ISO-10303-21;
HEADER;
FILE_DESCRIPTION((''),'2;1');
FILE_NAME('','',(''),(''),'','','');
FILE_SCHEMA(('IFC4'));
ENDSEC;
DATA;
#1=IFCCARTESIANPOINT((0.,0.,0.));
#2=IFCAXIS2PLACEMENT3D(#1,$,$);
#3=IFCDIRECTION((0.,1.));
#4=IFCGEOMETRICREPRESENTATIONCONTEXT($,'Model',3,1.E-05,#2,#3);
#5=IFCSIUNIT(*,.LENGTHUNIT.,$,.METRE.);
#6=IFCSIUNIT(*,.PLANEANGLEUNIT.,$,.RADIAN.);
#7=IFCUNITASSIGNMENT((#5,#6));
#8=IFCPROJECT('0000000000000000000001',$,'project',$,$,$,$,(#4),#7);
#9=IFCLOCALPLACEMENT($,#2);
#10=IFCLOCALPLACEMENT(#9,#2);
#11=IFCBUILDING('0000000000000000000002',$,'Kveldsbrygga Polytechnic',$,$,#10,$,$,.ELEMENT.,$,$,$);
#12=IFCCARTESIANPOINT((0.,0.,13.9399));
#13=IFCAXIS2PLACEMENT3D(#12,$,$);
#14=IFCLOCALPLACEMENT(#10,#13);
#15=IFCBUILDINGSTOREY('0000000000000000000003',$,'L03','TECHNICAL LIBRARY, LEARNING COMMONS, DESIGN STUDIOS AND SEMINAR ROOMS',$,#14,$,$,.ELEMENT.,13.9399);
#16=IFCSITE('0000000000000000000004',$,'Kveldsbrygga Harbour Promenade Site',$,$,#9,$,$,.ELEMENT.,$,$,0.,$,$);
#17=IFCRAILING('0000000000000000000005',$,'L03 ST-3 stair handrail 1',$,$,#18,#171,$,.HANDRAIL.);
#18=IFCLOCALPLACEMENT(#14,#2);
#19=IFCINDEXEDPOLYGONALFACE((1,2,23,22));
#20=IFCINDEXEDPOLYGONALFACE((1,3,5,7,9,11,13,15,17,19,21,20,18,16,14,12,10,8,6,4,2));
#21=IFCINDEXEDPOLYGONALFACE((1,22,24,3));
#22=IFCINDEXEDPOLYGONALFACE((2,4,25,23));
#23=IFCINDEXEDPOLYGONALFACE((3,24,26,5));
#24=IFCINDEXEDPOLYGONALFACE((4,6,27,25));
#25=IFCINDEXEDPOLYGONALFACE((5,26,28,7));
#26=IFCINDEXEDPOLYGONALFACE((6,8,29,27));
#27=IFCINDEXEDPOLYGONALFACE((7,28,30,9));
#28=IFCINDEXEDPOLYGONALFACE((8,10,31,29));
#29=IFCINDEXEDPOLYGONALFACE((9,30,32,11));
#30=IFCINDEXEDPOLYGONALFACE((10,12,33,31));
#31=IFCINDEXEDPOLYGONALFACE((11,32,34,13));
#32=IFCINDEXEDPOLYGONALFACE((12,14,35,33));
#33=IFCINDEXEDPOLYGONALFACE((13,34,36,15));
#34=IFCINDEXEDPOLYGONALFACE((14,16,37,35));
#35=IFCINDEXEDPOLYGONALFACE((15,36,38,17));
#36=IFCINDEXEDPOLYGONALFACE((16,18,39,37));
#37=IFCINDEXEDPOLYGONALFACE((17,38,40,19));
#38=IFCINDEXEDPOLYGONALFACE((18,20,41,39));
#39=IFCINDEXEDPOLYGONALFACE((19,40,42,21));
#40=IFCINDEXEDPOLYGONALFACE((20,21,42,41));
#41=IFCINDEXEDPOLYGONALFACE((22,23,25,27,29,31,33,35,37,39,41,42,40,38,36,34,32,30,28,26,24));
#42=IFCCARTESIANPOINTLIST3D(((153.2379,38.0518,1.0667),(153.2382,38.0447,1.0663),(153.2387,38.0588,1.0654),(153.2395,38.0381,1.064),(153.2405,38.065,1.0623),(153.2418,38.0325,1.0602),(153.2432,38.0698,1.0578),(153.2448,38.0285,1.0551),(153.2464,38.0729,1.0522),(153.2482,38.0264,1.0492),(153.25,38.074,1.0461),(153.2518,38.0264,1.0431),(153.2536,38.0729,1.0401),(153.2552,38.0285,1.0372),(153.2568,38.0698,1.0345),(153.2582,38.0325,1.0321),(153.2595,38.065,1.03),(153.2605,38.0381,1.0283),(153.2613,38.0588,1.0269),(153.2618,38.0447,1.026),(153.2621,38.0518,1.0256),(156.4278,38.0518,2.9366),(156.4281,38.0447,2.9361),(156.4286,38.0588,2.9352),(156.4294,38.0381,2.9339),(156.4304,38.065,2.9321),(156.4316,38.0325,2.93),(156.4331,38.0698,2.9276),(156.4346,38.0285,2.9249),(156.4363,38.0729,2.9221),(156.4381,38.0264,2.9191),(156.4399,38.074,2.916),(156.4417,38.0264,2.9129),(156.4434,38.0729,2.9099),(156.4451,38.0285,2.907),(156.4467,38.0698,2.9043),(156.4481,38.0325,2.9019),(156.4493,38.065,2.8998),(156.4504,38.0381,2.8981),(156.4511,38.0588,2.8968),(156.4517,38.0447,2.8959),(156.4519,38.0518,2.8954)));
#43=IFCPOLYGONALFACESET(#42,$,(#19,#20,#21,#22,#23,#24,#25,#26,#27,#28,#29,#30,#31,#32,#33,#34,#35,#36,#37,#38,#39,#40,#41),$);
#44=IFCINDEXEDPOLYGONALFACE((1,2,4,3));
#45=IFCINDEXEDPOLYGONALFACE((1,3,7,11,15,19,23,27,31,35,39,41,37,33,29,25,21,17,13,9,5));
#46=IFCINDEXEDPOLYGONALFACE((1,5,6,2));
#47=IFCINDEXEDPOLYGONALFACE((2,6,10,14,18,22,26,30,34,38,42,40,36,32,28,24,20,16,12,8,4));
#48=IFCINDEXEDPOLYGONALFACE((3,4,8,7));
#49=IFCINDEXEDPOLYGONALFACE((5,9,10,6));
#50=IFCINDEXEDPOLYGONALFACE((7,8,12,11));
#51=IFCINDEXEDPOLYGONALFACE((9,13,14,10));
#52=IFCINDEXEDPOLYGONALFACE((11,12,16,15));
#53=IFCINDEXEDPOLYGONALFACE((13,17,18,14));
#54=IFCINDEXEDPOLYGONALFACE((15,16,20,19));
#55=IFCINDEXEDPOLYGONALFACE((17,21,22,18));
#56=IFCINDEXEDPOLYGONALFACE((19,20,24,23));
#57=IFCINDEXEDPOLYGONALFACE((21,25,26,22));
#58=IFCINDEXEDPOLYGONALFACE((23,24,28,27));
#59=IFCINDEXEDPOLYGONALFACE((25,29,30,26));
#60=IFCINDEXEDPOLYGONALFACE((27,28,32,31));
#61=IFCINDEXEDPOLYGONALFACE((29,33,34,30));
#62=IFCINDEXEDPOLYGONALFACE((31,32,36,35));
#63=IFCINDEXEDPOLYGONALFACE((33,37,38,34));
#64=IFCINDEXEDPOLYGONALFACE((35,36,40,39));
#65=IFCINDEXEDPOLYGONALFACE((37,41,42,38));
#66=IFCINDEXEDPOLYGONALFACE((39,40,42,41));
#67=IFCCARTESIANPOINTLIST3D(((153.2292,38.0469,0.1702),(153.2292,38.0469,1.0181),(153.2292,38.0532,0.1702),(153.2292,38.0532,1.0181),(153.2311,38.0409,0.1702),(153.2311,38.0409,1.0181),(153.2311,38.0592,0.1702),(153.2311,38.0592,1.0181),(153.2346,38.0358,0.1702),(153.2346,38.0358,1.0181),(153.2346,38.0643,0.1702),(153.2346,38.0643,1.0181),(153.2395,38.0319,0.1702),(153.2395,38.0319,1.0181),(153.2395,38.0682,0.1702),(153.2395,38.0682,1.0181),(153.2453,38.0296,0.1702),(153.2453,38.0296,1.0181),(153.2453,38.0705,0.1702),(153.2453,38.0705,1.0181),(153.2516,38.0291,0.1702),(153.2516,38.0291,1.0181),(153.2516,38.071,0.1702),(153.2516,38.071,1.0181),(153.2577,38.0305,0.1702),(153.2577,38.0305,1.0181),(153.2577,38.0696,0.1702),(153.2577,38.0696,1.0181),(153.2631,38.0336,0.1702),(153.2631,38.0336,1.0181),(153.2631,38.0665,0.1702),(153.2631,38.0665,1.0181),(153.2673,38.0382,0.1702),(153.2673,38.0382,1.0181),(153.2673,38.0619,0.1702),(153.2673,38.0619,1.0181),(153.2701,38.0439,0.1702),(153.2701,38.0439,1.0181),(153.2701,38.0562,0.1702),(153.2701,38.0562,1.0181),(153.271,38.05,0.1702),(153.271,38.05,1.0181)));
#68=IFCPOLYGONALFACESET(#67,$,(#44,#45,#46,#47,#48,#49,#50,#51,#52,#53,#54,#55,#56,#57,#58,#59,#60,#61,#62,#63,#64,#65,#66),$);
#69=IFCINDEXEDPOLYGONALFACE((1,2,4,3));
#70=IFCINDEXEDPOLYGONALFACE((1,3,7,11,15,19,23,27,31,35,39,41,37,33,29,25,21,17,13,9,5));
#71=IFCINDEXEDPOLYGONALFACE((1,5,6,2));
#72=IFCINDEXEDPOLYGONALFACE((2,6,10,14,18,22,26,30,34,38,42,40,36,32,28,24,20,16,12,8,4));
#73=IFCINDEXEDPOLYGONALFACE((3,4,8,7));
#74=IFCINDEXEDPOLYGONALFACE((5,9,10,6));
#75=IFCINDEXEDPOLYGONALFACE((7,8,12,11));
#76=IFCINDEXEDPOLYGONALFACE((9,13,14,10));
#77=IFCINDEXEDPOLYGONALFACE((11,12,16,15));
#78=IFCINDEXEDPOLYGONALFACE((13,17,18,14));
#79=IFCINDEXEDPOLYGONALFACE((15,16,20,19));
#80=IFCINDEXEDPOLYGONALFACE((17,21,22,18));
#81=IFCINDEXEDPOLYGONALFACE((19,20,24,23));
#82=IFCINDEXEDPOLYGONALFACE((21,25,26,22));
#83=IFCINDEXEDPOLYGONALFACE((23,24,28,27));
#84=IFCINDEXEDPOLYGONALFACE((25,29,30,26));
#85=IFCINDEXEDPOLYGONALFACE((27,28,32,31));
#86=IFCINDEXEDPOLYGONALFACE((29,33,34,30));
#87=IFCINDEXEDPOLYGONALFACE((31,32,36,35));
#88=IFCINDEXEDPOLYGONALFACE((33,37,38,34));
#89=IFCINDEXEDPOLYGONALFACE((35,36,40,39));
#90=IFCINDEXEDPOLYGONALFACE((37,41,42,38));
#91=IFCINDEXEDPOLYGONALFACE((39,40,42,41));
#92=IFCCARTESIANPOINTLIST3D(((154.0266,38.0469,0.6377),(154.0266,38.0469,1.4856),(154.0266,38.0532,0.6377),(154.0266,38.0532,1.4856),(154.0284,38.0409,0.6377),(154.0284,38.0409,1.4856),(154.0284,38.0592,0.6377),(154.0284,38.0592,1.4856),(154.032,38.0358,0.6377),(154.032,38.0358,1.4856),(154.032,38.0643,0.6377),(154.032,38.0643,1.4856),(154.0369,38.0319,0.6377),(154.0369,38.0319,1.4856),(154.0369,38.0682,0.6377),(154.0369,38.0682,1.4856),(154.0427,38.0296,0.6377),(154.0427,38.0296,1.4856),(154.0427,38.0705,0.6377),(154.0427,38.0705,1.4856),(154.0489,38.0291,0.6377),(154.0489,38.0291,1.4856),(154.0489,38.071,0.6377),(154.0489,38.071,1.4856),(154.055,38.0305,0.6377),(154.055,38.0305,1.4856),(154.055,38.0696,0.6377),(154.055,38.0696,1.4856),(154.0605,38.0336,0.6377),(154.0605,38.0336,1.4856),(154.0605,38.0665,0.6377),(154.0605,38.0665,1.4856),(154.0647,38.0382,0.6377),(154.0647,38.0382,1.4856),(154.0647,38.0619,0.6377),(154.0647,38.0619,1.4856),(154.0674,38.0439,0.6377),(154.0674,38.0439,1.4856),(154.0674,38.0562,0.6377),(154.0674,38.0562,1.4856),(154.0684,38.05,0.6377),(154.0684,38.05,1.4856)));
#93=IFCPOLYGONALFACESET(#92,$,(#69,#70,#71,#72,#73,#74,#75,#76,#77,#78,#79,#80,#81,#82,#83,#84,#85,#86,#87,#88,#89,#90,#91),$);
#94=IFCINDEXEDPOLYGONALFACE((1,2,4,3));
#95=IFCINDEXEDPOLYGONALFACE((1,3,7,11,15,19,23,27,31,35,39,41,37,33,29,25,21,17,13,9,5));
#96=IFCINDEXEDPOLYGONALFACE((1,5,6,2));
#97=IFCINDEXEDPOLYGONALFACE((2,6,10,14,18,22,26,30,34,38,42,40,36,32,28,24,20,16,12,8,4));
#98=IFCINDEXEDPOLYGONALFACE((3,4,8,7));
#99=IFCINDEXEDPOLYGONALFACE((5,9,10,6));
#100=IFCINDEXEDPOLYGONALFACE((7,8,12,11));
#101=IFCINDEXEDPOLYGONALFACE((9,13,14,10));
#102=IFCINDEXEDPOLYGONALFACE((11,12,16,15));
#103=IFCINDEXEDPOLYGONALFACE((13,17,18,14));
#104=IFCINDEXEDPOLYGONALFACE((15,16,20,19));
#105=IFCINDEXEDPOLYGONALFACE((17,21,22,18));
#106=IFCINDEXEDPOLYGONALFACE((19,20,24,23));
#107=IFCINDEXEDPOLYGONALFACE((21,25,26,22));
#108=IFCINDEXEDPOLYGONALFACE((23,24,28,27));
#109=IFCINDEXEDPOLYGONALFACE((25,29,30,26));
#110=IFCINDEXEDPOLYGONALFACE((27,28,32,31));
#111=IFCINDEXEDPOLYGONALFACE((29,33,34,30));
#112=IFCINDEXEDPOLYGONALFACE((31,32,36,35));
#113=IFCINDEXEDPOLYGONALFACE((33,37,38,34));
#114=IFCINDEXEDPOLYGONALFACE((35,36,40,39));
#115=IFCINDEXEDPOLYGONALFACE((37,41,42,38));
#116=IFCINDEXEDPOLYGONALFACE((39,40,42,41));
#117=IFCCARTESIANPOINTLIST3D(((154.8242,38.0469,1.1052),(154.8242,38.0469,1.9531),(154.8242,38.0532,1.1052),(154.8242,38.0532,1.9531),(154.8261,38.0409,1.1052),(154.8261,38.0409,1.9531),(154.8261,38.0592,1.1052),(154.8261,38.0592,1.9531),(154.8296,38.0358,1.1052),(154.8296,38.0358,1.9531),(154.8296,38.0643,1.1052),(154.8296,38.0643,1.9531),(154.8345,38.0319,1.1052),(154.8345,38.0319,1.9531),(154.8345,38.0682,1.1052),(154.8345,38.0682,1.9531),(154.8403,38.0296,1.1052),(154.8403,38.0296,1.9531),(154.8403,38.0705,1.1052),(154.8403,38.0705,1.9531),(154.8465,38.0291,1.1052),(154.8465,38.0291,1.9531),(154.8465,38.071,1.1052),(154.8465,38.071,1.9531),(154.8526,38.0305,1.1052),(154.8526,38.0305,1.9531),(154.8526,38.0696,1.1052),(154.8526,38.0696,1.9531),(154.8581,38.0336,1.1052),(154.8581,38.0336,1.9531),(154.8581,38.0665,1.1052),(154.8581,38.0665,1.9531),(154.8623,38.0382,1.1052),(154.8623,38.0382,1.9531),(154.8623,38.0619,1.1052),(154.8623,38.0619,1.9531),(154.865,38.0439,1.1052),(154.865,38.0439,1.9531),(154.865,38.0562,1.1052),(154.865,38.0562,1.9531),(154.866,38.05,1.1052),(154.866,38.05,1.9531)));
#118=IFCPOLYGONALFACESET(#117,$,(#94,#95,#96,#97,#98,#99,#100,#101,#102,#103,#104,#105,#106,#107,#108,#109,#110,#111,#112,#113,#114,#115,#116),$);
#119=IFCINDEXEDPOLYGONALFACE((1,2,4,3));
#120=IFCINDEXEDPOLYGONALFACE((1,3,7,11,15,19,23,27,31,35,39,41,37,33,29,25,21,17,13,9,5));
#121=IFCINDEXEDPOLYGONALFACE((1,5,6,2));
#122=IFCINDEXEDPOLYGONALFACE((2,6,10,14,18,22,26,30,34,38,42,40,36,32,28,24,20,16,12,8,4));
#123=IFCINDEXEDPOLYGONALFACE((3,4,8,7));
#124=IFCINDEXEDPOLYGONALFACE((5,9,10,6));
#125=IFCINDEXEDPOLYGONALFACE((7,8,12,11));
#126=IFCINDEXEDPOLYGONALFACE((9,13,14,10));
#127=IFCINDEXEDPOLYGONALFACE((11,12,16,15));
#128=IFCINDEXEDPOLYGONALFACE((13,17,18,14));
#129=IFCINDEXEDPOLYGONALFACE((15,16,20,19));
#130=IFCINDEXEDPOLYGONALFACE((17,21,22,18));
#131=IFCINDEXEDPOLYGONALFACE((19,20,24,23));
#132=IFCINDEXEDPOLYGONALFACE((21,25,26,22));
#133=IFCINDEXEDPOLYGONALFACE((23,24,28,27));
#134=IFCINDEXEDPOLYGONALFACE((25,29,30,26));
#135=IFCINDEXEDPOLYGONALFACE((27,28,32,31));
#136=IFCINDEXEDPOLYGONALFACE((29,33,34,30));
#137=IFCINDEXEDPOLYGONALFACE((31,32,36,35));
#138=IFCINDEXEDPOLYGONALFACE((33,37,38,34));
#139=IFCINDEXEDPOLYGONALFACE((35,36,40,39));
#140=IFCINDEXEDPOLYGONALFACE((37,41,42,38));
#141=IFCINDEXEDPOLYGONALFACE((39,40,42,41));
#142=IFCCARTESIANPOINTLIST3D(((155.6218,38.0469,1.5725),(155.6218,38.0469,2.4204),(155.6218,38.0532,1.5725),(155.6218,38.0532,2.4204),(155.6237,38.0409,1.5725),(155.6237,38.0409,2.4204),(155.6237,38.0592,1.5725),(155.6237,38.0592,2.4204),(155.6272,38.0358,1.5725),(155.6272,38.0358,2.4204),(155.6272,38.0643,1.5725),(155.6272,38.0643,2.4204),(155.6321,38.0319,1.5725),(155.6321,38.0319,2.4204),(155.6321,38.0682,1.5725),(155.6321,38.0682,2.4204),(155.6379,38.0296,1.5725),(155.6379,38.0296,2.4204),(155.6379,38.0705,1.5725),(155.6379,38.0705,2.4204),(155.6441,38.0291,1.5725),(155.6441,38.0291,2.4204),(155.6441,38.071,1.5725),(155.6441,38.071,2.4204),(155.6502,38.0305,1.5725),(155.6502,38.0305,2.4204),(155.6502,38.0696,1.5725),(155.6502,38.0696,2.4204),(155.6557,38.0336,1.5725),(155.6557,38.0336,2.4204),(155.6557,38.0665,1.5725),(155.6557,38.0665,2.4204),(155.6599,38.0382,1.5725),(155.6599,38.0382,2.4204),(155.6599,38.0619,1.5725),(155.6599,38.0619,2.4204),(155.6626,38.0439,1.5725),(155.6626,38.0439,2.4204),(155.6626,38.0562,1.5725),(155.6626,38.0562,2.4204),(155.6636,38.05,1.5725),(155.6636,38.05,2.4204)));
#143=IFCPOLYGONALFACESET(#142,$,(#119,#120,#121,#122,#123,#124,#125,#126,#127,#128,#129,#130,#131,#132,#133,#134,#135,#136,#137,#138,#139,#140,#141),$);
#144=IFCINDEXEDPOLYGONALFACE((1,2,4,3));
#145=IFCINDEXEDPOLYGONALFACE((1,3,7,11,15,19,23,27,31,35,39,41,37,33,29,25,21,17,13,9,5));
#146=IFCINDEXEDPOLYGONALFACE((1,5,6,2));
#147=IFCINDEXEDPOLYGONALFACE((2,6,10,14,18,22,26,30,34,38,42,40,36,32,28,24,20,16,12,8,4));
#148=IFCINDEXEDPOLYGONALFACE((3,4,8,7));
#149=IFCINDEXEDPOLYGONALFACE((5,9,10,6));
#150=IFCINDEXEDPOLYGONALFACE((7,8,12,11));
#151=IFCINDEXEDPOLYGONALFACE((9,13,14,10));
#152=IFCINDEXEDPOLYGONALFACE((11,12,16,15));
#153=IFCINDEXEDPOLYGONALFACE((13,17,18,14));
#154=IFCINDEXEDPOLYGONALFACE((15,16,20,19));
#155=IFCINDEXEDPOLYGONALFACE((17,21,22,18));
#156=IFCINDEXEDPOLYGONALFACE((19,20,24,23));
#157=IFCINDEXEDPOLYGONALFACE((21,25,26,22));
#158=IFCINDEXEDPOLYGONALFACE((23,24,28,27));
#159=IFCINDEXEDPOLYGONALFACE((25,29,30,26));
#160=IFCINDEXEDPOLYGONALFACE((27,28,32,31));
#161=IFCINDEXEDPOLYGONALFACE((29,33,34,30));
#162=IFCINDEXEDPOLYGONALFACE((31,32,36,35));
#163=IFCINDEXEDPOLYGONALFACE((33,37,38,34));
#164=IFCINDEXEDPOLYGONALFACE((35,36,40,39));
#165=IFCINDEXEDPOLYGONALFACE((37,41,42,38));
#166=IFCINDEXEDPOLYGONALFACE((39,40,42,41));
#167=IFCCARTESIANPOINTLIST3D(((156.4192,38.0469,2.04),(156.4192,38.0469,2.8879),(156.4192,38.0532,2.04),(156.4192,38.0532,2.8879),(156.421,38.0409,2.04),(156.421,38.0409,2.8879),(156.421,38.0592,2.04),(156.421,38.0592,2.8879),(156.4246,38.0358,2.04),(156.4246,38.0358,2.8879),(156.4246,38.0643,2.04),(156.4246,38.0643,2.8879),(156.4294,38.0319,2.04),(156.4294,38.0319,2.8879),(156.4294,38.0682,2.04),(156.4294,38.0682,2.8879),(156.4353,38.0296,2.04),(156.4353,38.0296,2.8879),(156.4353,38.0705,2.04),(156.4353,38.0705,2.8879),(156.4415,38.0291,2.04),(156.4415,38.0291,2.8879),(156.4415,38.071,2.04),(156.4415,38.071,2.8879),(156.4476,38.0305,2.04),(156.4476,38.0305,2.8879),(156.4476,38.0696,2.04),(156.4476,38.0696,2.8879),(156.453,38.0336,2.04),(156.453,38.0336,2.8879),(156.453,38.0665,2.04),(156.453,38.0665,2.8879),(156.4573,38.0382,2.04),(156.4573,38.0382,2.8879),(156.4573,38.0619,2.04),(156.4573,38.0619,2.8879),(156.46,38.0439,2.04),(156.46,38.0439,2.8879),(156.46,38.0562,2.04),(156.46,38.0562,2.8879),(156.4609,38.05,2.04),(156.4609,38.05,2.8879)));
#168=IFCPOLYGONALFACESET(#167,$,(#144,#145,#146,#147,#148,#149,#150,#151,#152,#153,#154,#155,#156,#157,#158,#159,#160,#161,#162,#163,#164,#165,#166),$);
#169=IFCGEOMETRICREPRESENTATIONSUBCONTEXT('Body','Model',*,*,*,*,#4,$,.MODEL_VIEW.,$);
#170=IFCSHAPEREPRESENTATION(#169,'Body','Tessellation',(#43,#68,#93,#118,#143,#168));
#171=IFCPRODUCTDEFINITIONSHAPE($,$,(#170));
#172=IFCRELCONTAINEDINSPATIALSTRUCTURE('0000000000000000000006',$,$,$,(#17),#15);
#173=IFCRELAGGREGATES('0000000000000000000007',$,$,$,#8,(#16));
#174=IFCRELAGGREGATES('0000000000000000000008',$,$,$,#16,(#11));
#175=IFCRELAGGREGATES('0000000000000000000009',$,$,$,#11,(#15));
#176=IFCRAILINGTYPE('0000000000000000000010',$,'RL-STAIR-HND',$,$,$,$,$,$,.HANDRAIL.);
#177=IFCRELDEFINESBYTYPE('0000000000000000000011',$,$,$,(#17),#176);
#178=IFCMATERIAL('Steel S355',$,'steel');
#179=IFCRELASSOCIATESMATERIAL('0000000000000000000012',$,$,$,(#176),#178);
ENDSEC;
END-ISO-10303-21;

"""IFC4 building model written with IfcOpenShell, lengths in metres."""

from ifc_helpers import new_model, si_unit, direction, frame, origin, origin_2d, place, context, subcontext, project, spatial, circle, extrude, material, type_object, element, save


model = new_model("IFC4")

# Units and contexts
model_context = context("Model", 3, precision=1e-05, world=origin(), true_north=direction((0.0, 1.0)))
body_context = subcontext(model_context, "Body", "Model", "MODEL_VIEW")
ifc_project = project(units=[si_unit("LENGTHUNIT", "METRE"), si_unit("PLANEANGLEUNIT", "RADIAN")], contexts=[model_context])

# Site, building, storey
site_placement = place(None, origin())
site = spatial("IfcSite", under=ifc_project, at=site_placement, Name="Kveldsbrygga Harbour Promenade Site", CompositionType="ELEMENT", RefElevation=0.0)
building_placement = place(site_placement, origin())
building = spatial("IfcBuilding", under=site, at=building_placement, Name="Kveldsbrygga Polytechnic", CompositionType="ELEMENT")
storey_placement = place(building_placement, frame((0.0, 0.0, 13.9399)))
storey = spatial("IfcBuildingStorey", under=building, at=storey_placement, Name="L03", Description="TECHNICAL LIBRARY, LEARNING COMMONS, DESIGN STUDIOS AND SEMINAR ROOMS", CompositionType="ELEMENT", Elevation=13.9399)

# Railing
ifc_material_1 = material(Name="Steel S355", Category="steel")
railing_type_1 = type_object("IfcRailingType", Name="RL-STAIR-HND", PredefinedType="HANDRAIL", material=ifc_material_1)
railing_1_placement = place(storey_placement, frame((153.25, 38.05, 0.1702)))
element("IfcRailing", 1, at=railing_1_placement, inside=storey, type_object=railing_type_1, Name="L03 ST-3 stair handrail 1", PredefinedType="HANDRAIL", context=body_context, shape_type="SweptSolid", body=[
    extrude(circle(Radius=0.0239, at=origin_2d()), frame((0.0, 0.0, 0.876), z_axis=(0.862709, 0.0, 0.505701), x_axis=(0.0, 1.0, 0.0)), (0.0, 0.0, 1.0), 3.6975),
    extrude(circle(Radius=0.021, at=origin_2d()), origin(), (0.0, 0.0, 1.0), 0.8479),
    extrude(circle(Radius=0.021, at=origin_2d()), frame((0.7974, 0.0, 0.4675)), (0.0, 0.0, 1.0), 0.8479),
    extrude(circle(Radius=0.021, at=origin_2d()), frame((1.595, 0.0, 0.9351)), (0.0, 0.0, 1.0), 0.8479),
    extrude(circle(Radius=0.021, at=origin_2d()), frame((2.3926, 0.0, 1.4023)), (0.0, 0.0, 1.0), 0.8479),
    extrude(circle(Radius=0.021, at=origin_2d()), frame((3.1899, 0.0, 1.8699)), (0.0, 0.0, 1.0), 0.8479),
])

save(model, "model.ifc")
